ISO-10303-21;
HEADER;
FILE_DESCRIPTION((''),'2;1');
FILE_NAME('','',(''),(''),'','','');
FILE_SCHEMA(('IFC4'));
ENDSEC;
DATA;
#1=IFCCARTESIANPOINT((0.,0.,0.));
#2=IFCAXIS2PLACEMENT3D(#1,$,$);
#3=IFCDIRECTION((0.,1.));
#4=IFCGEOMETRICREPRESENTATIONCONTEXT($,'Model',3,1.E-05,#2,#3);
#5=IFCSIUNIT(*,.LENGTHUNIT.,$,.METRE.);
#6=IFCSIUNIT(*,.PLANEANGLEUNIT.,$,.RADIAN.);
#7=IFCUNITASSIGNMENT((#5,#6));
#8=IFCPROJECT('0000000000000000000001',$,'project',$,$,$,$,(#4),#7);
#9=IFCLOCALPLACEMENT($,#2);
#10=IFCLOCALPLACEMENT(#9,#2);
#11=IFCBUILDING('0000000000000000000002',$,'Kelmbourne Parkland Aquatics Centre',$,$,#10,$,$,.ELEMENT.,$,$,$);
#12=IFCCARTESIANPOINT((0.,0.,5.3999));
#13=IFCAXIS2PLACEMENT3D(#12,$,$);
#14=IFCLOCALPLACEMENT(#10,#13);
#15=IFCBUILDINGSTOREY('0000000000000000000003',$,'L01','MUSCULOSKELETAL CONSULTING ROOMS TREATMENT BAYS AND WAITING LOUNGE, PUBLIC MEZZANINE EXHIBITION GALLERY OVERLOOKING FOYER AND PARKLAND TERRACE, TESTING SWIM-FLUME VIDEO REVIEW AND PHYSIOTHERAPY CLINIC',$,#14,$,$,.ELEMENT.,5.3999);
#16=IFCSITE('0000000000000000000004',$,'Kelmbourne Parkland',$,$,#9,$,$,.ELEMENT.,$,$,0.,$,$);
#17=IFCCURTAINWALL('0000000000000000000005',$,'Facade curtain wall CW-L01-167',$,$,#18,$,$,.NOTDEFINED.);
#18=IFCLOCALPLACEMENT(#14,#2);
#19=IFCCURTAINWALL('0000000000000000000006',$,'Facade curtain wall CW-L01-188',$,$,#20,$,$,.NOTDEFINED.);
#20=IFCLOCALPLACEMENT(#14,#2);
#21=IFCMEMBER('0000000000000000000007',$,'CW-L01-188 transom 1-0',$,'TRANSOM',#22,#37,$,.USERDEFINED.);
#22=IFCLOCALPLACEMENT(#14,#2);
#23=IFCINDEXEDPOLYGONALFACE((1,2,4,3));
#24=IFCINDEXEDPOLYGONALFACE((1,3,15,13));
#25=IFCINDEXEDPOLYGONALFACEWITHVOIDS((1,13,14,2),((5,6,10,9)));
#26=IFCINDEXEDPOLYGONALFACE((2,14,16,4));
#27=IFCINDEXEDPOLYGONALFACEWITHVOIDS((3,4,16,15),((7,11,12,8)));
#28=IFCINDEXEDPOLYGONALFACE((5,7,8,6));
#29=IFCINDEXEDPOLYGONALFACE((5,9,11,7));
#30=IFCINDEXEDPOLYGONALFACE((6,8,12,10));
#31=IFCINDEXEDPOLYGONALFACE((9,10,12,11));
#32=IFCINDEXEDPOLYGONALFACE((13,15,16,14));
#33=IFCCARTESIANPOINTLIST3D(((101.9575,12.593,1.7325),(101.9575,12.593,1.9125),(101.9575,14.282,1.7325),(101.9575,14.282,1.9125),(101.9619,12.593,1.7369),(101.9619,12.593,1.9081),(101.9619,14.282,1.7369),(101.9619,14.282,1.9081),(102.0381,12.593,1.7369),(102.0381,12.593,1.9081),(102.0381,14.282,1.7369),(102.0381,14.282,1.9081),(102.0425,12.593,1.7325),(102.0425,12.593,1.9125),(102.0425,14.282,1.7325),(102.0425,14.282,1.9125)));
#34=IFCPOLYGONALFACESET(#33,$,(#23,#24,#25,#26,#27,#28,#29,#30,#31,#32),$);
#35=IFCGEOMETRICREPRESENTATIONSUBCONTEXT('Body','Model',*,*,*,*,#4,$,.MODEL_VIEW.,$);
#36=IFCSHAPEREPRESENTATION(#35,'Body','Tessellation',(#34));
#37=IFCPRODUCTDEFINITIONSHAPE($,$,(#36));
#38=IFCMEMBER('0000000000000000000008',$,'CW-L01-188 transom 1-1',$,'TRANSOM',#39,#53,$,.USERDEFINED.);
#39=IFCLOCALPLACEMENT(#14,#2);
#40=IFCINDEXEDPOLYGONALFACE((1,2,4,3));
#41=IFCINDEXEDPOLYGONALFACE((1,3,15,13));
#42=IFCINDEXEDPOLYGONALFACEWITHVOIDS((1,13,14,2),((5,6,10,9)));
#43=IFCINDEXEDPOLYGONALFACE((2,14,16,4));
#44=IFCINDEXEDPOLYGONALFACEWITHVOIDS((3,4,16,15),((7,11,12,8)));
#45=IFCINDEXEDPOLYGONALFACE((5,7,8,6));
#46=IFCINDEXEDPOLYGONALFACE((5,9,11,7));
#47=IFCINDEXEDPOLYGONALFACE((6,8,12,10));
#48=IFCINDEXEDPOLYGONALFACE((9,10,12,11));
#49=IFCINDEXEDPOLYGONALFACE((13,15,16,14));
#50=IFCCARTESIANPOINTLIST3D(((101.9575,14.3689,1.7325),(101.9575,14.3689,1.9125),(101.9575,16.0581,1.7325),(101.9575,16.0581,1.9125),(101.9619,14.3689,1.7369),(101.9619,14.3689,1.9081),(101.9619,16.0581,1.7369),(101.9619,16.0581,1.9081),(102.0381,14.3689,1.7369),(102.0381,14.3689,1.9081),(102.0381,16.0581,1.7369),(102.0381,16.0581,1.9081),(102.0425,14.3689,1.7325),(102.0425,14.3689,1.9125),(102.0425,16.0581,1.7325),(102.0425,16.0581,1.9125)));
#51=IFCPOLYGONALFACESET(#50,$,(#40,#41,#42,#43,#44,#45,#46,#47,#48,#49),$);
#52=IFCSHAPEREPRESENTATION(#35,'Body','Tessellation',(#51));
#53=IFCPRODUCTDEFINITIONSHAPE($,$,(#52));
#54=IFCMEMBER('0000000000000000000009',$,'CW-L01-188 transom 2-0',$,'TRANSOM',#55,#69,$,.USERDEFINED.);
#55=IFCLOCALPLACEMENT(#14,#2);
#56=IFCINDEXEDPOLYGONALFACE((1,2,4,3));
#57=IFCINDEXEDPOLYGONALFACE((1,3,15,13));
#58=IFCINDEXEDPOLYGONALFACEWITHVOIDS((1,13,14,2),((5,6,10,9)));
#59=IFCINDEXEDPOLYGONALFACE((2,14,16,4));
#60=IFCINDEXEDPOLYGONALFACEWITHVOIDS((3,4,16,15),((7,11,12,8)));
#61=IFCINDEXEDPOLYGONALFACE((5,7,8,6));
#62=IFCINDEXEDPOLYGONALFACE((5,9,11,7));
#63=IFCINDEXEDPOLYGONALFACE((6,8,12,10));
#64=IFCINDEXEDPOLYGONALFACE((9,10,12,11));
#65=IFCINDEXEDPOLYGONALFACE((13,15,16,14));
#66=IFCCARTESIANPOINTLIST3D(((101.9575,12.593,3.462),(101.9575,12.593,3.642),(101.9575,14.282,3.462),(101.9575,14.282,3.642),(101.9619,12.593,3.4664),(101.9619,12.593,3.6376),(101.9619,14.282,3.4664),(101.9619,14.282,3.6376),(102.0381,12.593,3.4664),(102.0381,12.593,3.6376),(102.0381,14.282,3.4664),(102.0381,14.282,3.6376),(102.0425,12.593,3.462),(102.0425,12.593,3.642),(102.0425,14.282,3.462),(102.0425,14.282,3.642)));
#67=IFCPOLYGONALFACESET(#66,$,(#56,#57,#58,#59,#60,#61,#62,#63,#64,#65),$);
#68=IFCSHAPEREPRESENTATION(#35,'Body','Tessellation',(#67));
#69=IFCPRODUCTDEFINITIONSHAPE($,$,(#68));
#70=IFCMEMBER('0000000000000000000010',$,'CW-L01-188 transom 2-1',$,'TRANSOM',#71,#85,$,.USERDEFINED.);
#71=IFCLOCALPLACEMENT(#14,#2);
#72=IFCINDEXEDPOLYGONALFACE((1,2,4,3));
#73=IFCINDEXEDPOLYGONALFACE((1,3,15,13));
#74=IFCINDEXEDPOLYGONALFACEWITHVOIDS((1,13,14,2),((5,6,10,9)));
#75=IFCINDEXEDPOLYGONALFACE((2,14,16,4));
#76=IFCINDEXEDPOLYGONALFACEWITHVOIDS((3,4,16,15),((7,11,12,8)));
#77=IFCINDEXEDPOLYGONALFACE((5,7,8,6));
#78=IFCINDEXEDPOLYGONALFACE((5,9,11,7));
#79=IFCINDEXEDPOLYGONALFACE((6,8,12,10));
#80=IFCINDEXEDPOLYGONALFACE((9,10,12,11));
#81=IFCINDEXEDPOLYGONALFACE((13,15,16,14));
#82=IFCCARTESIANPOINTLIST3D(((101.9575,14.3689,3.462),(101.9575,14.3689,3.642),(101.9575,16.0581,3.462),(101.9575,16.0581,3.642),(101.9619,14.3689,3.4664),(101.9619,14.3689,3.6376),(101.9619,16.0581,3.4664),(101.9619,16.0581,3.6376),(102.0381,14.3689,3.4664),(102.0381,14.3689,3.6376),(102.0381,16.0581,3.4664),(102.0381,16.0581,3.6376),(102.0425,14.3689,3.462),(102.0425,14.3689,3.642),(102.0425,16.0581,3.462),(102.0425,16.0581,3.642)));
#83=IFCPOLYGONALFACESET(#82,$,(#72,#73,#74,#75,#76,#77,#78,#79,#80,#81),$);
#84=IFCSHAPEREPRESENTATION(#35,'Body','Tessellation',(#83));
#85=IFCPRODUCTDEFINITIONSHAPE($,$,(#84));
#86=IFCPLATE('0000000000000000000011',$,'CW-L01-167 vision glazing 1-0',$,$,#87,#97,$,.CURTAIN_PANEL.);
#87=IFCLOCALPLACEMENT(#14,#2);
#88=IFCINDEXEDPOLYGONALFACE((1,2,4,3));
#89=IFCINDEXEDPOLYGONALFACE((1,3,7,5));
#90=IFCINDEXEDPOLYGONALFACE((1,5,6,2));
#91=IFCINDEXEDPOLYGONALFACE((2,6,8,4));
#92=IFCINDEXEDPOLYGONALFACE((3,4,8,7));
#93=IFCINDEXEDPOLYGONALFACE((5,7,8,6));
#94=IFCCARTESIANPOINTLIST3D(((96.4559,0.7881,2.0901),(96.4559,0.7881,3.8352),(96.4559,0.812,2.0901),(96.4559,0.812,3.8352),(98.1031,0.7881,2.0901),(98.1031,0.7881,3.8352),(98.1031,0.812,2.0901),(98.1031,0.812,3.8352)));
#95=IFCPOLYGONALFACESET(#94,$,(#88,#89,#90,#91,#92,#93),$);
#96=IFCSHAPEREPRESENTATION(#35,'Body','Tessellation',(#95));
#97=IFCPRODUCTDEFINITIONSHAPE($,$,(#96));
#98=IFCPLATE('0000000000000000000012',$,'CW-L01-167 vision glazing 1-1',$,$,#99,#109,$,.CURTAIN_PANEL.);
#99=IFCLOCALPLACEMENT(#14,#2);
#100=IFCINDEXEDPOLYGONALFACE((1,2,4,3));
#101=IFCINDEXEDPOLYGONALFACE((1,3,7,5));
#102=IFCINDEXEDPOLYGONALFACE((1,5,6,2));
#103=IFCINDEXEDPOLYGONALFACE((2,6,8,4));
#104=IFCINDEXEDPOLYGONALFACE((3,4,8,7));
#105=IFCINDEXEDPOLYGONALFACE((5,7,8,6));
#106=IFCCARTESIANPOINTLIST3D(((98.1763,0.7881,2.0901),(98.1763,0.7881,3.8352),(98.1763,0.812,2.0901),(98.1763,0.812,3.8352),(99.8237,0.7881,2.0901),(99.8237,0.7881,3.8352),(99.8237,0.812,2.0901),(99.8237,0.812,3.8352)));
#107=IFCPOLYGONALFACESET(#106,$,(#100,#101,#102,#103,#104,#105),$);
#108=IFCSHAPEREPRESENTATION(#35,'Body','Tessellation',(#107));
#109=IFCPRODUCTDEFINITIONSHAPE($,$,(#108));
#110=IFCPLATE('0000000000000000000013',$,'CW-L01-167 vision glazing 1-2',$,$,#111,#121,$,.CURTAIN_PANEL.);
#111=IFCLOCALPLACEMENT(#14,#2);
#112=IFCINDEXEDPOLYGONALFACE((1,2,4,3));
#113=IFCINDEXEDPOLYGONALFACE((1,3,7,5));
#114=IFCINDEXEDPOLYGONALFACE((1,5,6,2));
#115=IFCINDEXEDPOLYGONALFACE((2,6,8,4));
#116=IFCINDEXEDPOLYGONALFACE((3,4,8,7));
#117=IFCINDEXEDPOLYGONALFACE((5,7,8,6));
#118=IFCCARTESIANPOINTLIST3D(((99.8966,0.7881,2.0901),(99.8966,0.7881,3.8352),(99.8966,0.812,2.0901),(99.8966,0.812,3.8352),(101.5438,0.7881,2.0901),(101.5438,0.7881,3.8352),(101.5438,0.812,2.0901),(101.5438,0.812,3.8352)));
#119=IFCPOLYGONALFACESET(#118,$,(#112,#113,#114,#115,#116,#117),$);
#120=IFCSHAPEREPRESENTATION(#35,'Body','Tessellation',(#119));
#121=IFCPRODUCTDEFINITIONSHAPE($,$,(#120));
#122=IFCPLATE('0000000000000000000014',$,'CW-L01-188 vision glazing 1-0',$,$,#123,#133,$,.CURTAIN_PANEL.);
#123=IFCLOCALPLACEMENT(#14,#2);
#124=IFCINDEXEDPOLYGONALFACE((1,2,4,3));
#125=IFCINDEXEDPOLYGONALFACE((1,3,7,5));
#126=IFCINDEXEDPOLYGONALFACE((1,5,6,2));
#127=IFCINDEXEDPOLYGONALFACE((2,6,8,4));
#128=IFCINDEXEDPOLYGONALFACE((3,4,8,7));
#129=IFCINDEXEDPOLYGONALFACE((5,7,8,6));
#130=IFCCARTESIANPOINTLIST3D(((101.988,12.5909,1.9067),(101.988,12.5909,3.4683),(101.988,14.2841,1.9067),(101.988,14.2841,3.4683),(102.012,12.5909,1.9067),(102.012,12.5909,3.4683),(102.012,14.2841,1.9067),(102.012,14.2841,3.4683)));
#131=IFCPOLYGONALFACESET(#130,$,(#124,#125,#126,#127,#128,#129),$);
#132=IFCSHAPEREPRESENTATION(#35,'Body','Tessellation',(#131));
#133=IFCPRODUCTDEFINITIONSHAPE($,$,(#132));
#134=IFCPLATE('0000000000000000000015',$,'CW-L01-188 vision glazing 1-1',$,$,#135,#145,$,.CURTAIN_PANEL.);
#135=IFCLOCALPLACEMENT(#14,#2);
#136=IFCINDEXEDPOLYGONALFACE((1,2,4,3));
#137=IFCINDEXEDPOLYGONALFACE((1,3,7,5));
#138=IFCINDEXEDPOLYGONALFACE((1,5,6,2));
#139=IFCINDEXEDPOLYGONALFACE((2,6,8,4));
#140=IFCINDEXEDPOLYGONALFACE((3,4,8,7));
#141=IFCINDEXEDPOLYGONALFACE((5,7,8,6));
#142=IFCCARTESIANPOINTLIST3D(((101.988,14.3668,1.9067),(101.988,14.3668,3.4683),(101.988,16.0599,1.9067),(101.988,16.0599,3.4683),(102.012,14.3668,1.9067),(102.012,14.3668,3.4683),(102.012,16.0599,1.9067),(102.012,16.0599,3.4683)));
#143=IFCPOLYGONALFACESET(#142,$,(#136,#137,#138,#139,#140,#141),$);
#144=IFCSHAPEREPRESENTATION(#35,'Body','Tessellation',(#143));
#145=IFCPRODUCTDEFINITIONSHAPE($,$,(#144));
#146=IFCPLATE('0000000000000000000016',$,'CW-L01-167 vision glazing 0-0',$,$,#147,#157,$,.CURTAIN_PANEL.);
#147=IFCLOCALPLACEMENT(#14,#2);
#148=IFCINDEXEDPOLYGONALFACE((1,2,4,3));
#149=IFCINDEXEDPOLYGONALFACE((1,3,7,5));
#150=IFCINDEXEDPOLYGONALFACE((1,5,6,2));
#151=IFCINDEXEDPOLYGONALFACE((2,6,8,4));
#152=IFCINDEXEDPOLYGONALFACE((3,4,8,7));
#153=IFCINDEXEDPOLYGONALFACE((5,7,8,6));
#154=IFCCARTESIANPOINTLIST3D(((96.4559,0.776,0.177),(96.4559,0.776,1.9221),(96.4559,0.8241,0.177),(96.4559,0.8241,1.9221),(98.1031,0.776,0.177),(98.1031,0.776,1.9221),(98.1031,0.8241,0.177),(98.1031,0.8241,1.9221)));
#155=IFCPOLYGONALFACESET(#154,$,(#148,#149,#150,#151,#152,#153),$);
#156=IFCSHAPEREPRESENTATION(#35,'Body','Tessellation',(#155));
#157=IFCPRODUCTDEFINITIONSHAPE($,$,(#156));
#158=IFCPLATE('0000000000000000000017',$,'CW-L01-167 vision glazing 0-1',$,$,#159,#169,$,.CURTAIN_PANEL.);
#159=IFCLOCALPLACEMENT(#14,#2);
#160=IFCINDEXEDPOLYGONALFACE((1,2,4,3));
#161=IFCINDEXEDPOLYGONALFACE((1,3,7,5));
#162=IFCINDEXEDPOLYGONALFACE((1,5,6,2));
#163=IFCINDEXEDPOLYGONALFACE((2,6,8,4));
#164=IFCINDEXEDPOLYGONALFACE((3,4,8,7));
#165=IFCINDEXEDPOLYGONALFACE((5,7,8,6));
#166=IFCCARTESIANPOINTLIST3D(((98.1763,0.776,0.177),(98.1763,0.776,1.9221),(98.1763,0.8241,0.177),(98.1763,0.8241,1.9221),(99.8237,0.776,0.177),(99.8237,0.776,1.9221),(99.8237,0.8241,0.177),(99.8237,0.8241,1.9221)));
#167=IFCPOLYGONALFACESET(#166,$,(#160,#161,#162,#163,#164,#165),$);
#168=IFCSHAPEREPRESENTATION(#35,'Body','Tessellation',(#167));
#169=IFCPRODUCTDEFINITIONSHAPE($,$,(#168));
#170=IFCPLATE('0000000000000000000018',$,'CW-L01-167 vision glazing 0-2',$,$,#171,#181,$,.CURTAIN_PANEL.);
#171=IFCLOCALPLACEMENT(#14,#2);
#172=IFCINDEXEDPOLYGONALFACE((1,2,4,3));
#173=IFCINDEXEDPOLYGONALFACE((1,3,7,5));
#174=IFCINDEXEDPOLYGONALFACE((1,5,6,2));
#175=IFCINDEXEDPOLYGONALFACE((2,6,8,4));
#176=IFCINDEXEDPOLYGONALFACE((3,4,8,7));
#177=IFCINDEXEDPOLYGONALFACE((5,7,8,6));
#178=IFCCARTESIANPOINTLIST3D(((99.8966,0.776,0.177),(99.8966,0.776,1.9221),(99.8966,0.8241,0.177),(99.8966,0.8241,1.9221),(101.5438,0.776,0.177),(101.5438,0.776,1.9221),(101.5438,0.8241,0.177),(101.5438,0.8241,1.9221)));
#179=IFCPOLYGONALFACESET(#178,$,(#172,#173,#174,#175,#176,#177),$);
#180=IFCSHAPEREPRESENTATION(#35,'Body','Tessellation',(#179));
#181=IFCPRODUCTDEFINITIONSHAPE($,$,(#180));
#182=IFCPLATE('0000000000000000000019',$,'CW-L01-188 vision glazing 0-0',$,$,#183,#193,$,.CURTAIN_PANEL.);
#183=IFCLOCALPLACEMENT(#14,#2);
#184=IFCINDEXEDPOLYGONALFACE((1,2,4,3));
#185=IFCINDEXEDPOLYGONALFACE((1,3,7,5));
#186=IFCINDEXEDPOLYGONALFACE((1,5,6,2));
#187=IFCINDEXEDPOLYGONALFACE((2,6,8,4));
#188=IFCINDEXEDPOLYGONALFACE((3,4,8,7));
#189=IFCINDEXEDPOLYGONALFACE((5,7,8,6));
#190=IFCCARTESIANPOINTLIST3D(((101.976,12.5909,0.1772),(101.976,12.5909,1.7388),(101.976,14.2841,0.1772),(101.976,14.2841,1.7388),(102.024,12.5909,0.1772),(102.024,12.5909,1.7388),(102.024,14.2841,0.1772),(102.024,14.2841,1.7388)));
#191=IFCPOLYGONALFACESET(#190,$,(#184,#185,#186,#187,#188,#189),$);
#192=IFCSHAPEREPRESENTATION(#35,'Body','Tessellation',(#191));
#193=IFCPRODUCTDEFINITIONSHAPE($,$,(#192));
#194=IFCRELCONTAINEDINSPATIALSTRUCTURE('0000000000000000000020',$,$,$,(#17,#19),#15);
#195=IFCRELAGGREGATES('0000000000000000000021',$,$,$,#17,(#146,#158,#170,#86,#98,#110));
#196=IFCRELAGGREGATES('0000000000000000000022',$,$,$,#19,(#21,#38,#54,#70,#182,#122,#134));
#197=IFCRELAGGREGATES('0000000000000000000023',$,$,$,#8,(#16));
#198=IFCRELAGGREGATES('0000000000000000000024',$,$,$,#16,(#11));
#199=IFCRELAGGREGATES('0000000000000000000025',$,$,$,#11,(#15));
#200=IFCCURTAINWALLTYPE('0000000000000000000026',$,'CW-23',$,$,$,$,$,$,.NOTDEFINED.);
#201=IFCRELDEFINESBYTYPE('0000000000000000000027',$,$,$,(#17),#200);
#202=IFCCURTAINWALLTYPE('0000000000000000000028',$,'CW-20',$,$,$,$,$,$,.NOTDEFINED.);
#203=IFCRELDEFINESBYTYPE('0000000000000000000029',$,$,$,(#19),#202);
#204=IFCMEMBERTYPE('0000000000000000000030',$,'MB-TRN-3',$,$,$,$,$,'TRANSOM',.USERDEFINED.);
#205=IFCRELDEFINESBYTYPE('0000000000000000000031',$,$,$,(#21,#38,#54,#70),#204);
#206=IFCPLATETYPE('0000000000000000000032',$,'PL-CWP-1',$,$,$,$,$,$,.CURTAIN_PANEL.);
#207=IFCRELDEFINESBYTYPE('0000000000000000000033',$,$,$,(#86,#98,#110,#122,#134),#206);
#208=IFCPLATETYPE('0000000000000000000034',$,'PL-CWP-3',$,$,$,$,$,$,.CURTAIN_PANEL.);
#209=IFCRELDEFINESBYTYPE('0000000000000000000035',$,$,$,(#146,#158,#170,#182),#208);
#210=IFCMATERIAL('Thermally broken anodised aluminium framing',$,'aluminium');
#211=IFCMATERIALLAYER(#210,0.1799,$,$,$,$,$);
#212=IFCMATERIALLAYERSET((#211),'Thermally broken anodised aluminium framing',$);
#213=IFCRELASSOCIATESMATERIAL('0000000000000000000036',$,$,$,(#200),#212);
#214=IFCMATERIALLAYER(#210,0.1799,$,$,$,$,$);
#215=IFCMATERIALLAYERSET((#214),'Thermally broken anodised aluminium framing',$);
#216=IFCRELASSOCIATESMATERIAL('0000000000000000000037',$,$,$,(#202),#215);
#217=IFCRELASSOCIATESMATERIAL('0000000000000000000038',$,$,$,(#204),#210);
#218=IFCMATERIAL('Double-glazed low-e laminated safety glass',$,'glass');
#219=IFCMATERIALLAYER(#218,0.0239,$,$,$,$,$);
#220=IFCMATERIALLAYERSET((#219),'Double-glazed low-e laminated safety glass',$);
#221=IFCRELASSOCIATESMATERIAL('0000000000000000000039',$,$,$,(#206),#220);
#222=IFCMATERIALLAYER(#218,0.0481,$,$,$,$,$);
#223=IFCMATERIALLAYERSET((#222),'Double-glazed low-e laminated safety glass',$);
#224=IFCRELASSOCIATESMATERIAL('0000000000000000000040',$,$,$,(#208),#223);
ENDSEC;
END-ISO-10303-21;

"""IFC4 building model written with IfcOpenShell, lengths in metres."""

from ifc_helpers import new_model, si_unit, direction, frame, origin, origin_2d, place, context, subcontext, project, spatial, rectangle, hollow_rectangle, extrude, material, layer, layer_set, material_profile, profile_set, type_object, element, aggregate, save


model = new_model("IFC4")

# Units and contexts
model_context = context("Model", 3, precision=1e-05, world=origin(), true_north=direction((0.0, 1.0)))
body_context = subcontext(model_context, "Body", "Model", "MODEL_VIEW")
ifc_project = project(units=[si_unit("LENGTHUNIT", "METRE"), si_unit("PLANEANGLEUNIT", "RADIAN")], contexts=[model_context])

# Site, building, storey
site_placement = place(None, origin())
site = spatial("IfcSite", under=ifc_project, at=site_placement, Name="Kelmbourne Parkland", CompositionType="ELEMENT", RefElevation=0.0)
building_placement = place(site_placement, origin())
building = spatial("IfcBuilding", under=site, at=building_placement, Name="Kelmbourne Parkland Aquatics Centre", CompositionType="ELEMENT")
storey_placement = place(building_placement, frame((0.0, 0.0, 5.3999)))
storey = spatial("IfcBuildingStorey", under=building, at=storey_placement, Name="L01", Description="MUSCULOSKELETAL CONSULTING ROOMS TREATMENT BAYS AND WAITING LOUNGE, PUBLIC MEZZANINE EXHIBITION GALLERY OVERLOOKING FOYER AND PARKLAND TERRACE, TESTING SWIM-FLUME VIDEO REVIEW AND PHYSIOTHERAPY CLINIC", CompositionType="ELEMENT", Elevation=5.3999)

# Curtain walls
ifc_material_1 = material(Name="Thermally broken anodised aluminium framing", Category="aluminium")
ifc_layer_1 = layer(ifc_material_1, 0.1799)
ifc_layer_set_1 = layer_set([ifc_layer_1], Name="Thermally broken anodised aluminium framing")
curtain_wall_type_1 = type_object("IfcCurtainWallType", Name="CW-23", PredefinedType="NOTDEFINED", material=ifc_layer_set_1)
curtain_wall_1_placement = place(storey_placement, origin())
curtain_wall_1 = element("IfcCurtainWall", 1, at=curtain_wall_1_placement, inside=storey, type_object=curtain_wall_type_1, Name="Facade curtain wall CW-L01-167", PredefinedType="NOTDEFINED")
ifc_layer_2 = layer(ifc_material_1, 0.1799)
ifc_layer_set_2 = layer_set([ifc_layer_2], Name="Thermally broken anodised aluminium framing")
curtain_wall_type_2 = type_object("IfcCurtainWallType", Name="CW-20", PredefinedType="NOTDEFINED", material=ifc_layer_set_2)
curtain_wall_2_placement = place(storey_placement, origin())
curtain_wall_2 = element("IfcCurtainWall", 2, at=curtain_wall_2_placement, inside=storey, type_object=curtain_wall_type_2, Name="Facade curtain wall CW-L01-188", PredefinedType="NOTDEFINED")

# Members
ifc_material_profile_1 = material_profile(ifc_material_1, hollow_rectangle(XDim=0.085, YDim=0.1799, WallThickness=0.0044, at=origin_2d()), Name="CW-T 85x180")
ifc_profile_set_1 = profile_set([ifc_material_profile_1], Name="Thermally broken anodised aluminium framing")
member_type_1 = type_object("IfcMemberType", Name="MB-TRN-3", ElementType="TRANSOM", PredefinedType="USERDEFINED", material=ifc_profile_set_1)
member_1_placement = place(storey_placement, frame((102.0, 12.593, 1.8225), z_axis=(0.0, 1.0, 0.0), x_axis=(-1.0, 0.0, 0.0)))
member_1 = element("IfcMember", 3, at=member_1_placement, type_object=member_type_1, Name="CW-L01-188 transom 1-0", ObjectType="TRANSOM", PredefinedType="USERDEFINED", context=body_context, shape_type="SweptSolid", body=[
    extrude(hollow_rectangle(XDim=0.085, YDim=0.1799, WallThickness=0.0044, at=origin_2d()), origin(), (0.0, 0.0, 1.0), 1.689),
])
member_2_placement = place(storey_placement, frame((102.0, 14.3689, 1.8225), z_axis=(0.0, 1.0, 0.0), x_axis=(-1.0, 0.0, 0.0)))
member_2 = element("IfcMember", 4, at=member_2_placement, type_object=member_type_1, Name="CW-L01-188 transom 1-1", ObjectType="TRANSOM", PredefinedType="USERDEFINED", context=body_context, shape_type="SweptSolid", body=[
    extrude(hollow_rectangle(XDim=0.085, YDim=0.1799, WallThickness=0.0044, at=origin_2d()), origin(), (0.0, 0.0, 1.0), 1.6892),
])
member_3_placement = place(storey_placement, frame((102.0, 12.593, 3.552), z_axis=(0.0, 1.0, 0.0), x_axis=(-1.0, 0.0, 0.0)))
member_3 = element("IfcMember", 5, at=member_3_placement, type_object=member_type_1, Name="CW-L01-188 transom 2-0", ObjectType="TRANSOM", PredefinedType="USERDEFINED", context=body_context, shape_type="SweptSolid", body=[
    extrude(hollow_rectangle(XDim=0.085, YDim=0.1799, WallThickness=0.0044, at=origin_2d()), origin(), (0.0, 0.0, 1.0), 1.689),
])
member_4_placement = place(storey_placement, frame((102.0, 14.3689, 3.552), z_axis=(0.0, 1.0, 0.0), x_axis=(-1.0, 0.0, 0.0)))
member_4 = element("IfcMember", 6, at=member_4_placement, type_object=member_type_1, Name="CW-L01-188 transom 2-1", ObjectType="TRANSOM", PredefinedType="USERDEFINED", context=body_context, shape_type="SweptSolid", body=[
    extrude(hollow_rectangle(XDim=0.085, YDim=0.1799, WallThickness=0.0044, at=origin_2d()), origin(), (0.0, 0.0, 1.0), 1.6892),
])

# Plates
ifc_material_2 = material(Name="Double-glazed low-e laminated safety glass", Category="glass")
ifc_layer_3 = layer(ifc_material_2, 0.0239)
ifc_layer_set_3 = layer_set([ifc_layer_3], Name="Double-glazed low-e laminated safety glass")
plate_type_1 = type_object("IfcPlateType", Name="PL-CWP-1", PredefinedType="CURTAIN_PANEL", material=ifc_layer_set_3)
plate_1_placement = place(storey_placement, frame((97.2795, 0.8, 2.0901), z_axis=(0.0, 0.0, 1.0), x_axis=(1.0, 0.0, 0.0)))
plate_1 = element("IfcPlate", 7, at=plate_1_placement, type_object=plate_type_1, Name="CW-L01-167 vision glazing 1-0", PredefinedType="CURTAIN_PANEL", context=body_context, shape_type="SweptSolid", body=[
    extrude(rectangle(XDim=1.6472, YDim=0.0239, at=origin_2d()), origin(), (0.0, 0.0, 1.0), 1.7451),
])
plate_2_placement = place(storey_placement, frame((99.0, 0.8, 2.0901), z_axis=(0.0, 0.0, 1.0), x_axis=(1.0, 0.0, 0.0)))
plate_2 = element("IfcPlate", 8, at=plate_2_placement, type_object=plate_type_1, Name="CW-L01-167 vision glazing 1-1", PredefinedType="CURTAIN_PANEL", context=body_context, shape_type="SweptSolid", body=[
    extrude(rectangle(XDim=1.6475, YDim=0.0239, at=origin_2d()), origin(), (0.0, 0.0, 1.0), 1.7451),
])
plate_3_placement = place(storey_placement, frame((100.7202, 0.8, 2.0901), z_axis=(0.0, 0.0, 1.0), x_axis=(1.0, 0.0, 0.0)))
plate_3 = element("IfcPlate", 9, at=plate_3_placement, type_object=plate_type_1, Name="CW-L01-167 vision glazing 1-2", PredefinedType="CURTAIN_PANEL", context=body_context, shape_type="SweptSolid", body=[
    extrude(rectangle(XDim=1.6472, YDim=0.0239, at=origin_2d()), origin(), (0.0, 0.0, 1.0), 1.7451),
])
plate_4_placement = place(storey_placement, frame((102.0, 13.4375, 1.9067), z_axis=(0.0, 0.0, 1.0), x_axis=(0.0, 1.0, 0.0)))
plate_4 = element("IfcPlate", 10, at=plate_4_placement, type_object=plate_type_1, Name="CW-L01-188 vision glazing 1-0", PredefinedType="CURTAIN_PANEL", context=body_context, shape_type="SweptSolid", body=[
    extrude(rectangle(XDim=1.6931, YDim=0.0239, at=origin_2d()), origin(), (0.0, 0.0, 1.0), 1.5615),
])
plate_5_placement = place(storey_placement, frame((102.0, 15.2134, 1.9067), z_axis=(0.0, 0.0, 1.0), x_axis=(0.0, 1.0, 0.0)))
plate_5 = element("IfcPlate", 11, at=plate_5_placement, type_object=plate_type_1, Name="CW-L01-188 vision glazing 1-1", PredefinedType="CURTAIN_PANEL", context=body_context, shape_type="SweptSolid", body=[
    extrude(rectangle(XDim=1.6931, YDim=0.0239, at=origin_2d()), origin(), (0.0, 0.0, 1.0), 1.5615),
])
ifc_layer_4 = layer(ifc_material_2, 0.0481)
ifc_layer_set_4 = layer_set([ifc_layer_4], Name="Double-glazed low-e laminated safety glass")
plate_type_2 = type_object("IfcPlateType", Name="PL-CWP-3", PredefinedType="CURTAIN_PANEL", material=ifc_layer_set_4)
plate_6_placement = place(storey_placement, frame((97.2795, 0.8, 0.177), z_axis=(0.0, 0.0, 1.0), x_axis=(1.0, 0.0, 0.0)))
plate_6 = element("IfcPlate", 12, at=plate_6_placement, type_object=plate_type_2, Name="CW-L01-167 vision glazing 0-0", PredefinedType="CURTAIN_PANEL", context=body_context, shape_type="SweptSolid", body=[
    extrude(rectangle(XDim=1.6472, YDim=0.0481, at=origin_2d()), origin(), (0.0, 0.0, 1.0), 1.7451),
])
plate_7_placement = place(storey_placement, frame((99.0, 0.8, 0.177), z_axis=(0.0, 0.0, 1.0), x_axis=(1.0, 0.0, 0.0)))
plate_7 = element("IfcPlate", 13, at=plate_7_placement, type_object=plate_type_2, Name="CW-L01-167 vision glazing 0-1", PredefinedType="CURTAIN_PANEL", context=body_context, shape_type="SweptSolid", body=[
    extrude(rectangle(XDim=1.6475, YDim=0.0481, at=origin_2d()), origin(), (0.0, 0.0, 1.0), 1.7451),
])
plate_8_placement = place(storey_placement, frame((100.7202, 0.8, 0.177), z_axis=(0.0, 0.0, 1.0), x_axis=(1.0, 0.0, 0.0)))
plate_8 = element("IfcPlate", 14, at=plate_8_placement, type_object=plate_type_2, Name="CW-L01-167 vision glazing 0-2", PredefinedType="CURTAIN_PANEL", context=body_context, shape_type="SweptSolid", body=[
    extrude(rectangle(XDim=1.6472, YDim=0.0481, at=origin_2d()), origin(), (0.0, 0.0, 1.0), 1.7451),
])
aggregate(curtain_wall_1, [plate_6, plate_7, plate_8, plate_1, plate_2, plate_3])
plate_9_placement = place(storey_placement, frame((102.0, 13.4375, 0.1772), z_axis=(0.0, 0.0, 1.0), x_axis=(0.0, 1.0, 0.0)))
plate_9 = element("IfcPlate", 15, at=plate_9_placement, type_object=plate_type_2, Name="CW-L01-188 vision glazing 0-0", PredefinedType="CURTAIN_PANEL", context=body_context, shape_type="SweptSolid", body=[
    extrude(rectangle(XDim=1.6931, YDim=0.0481, at=origin_2d()), origin(), (0.0, 0.0, 1.0), 1.5615),
])
aggregate(curtain_wall_2, [member_1, member_2, member_3, member_4, plate_9, plate_4, plate_5])

save(model, "model.ifc")
